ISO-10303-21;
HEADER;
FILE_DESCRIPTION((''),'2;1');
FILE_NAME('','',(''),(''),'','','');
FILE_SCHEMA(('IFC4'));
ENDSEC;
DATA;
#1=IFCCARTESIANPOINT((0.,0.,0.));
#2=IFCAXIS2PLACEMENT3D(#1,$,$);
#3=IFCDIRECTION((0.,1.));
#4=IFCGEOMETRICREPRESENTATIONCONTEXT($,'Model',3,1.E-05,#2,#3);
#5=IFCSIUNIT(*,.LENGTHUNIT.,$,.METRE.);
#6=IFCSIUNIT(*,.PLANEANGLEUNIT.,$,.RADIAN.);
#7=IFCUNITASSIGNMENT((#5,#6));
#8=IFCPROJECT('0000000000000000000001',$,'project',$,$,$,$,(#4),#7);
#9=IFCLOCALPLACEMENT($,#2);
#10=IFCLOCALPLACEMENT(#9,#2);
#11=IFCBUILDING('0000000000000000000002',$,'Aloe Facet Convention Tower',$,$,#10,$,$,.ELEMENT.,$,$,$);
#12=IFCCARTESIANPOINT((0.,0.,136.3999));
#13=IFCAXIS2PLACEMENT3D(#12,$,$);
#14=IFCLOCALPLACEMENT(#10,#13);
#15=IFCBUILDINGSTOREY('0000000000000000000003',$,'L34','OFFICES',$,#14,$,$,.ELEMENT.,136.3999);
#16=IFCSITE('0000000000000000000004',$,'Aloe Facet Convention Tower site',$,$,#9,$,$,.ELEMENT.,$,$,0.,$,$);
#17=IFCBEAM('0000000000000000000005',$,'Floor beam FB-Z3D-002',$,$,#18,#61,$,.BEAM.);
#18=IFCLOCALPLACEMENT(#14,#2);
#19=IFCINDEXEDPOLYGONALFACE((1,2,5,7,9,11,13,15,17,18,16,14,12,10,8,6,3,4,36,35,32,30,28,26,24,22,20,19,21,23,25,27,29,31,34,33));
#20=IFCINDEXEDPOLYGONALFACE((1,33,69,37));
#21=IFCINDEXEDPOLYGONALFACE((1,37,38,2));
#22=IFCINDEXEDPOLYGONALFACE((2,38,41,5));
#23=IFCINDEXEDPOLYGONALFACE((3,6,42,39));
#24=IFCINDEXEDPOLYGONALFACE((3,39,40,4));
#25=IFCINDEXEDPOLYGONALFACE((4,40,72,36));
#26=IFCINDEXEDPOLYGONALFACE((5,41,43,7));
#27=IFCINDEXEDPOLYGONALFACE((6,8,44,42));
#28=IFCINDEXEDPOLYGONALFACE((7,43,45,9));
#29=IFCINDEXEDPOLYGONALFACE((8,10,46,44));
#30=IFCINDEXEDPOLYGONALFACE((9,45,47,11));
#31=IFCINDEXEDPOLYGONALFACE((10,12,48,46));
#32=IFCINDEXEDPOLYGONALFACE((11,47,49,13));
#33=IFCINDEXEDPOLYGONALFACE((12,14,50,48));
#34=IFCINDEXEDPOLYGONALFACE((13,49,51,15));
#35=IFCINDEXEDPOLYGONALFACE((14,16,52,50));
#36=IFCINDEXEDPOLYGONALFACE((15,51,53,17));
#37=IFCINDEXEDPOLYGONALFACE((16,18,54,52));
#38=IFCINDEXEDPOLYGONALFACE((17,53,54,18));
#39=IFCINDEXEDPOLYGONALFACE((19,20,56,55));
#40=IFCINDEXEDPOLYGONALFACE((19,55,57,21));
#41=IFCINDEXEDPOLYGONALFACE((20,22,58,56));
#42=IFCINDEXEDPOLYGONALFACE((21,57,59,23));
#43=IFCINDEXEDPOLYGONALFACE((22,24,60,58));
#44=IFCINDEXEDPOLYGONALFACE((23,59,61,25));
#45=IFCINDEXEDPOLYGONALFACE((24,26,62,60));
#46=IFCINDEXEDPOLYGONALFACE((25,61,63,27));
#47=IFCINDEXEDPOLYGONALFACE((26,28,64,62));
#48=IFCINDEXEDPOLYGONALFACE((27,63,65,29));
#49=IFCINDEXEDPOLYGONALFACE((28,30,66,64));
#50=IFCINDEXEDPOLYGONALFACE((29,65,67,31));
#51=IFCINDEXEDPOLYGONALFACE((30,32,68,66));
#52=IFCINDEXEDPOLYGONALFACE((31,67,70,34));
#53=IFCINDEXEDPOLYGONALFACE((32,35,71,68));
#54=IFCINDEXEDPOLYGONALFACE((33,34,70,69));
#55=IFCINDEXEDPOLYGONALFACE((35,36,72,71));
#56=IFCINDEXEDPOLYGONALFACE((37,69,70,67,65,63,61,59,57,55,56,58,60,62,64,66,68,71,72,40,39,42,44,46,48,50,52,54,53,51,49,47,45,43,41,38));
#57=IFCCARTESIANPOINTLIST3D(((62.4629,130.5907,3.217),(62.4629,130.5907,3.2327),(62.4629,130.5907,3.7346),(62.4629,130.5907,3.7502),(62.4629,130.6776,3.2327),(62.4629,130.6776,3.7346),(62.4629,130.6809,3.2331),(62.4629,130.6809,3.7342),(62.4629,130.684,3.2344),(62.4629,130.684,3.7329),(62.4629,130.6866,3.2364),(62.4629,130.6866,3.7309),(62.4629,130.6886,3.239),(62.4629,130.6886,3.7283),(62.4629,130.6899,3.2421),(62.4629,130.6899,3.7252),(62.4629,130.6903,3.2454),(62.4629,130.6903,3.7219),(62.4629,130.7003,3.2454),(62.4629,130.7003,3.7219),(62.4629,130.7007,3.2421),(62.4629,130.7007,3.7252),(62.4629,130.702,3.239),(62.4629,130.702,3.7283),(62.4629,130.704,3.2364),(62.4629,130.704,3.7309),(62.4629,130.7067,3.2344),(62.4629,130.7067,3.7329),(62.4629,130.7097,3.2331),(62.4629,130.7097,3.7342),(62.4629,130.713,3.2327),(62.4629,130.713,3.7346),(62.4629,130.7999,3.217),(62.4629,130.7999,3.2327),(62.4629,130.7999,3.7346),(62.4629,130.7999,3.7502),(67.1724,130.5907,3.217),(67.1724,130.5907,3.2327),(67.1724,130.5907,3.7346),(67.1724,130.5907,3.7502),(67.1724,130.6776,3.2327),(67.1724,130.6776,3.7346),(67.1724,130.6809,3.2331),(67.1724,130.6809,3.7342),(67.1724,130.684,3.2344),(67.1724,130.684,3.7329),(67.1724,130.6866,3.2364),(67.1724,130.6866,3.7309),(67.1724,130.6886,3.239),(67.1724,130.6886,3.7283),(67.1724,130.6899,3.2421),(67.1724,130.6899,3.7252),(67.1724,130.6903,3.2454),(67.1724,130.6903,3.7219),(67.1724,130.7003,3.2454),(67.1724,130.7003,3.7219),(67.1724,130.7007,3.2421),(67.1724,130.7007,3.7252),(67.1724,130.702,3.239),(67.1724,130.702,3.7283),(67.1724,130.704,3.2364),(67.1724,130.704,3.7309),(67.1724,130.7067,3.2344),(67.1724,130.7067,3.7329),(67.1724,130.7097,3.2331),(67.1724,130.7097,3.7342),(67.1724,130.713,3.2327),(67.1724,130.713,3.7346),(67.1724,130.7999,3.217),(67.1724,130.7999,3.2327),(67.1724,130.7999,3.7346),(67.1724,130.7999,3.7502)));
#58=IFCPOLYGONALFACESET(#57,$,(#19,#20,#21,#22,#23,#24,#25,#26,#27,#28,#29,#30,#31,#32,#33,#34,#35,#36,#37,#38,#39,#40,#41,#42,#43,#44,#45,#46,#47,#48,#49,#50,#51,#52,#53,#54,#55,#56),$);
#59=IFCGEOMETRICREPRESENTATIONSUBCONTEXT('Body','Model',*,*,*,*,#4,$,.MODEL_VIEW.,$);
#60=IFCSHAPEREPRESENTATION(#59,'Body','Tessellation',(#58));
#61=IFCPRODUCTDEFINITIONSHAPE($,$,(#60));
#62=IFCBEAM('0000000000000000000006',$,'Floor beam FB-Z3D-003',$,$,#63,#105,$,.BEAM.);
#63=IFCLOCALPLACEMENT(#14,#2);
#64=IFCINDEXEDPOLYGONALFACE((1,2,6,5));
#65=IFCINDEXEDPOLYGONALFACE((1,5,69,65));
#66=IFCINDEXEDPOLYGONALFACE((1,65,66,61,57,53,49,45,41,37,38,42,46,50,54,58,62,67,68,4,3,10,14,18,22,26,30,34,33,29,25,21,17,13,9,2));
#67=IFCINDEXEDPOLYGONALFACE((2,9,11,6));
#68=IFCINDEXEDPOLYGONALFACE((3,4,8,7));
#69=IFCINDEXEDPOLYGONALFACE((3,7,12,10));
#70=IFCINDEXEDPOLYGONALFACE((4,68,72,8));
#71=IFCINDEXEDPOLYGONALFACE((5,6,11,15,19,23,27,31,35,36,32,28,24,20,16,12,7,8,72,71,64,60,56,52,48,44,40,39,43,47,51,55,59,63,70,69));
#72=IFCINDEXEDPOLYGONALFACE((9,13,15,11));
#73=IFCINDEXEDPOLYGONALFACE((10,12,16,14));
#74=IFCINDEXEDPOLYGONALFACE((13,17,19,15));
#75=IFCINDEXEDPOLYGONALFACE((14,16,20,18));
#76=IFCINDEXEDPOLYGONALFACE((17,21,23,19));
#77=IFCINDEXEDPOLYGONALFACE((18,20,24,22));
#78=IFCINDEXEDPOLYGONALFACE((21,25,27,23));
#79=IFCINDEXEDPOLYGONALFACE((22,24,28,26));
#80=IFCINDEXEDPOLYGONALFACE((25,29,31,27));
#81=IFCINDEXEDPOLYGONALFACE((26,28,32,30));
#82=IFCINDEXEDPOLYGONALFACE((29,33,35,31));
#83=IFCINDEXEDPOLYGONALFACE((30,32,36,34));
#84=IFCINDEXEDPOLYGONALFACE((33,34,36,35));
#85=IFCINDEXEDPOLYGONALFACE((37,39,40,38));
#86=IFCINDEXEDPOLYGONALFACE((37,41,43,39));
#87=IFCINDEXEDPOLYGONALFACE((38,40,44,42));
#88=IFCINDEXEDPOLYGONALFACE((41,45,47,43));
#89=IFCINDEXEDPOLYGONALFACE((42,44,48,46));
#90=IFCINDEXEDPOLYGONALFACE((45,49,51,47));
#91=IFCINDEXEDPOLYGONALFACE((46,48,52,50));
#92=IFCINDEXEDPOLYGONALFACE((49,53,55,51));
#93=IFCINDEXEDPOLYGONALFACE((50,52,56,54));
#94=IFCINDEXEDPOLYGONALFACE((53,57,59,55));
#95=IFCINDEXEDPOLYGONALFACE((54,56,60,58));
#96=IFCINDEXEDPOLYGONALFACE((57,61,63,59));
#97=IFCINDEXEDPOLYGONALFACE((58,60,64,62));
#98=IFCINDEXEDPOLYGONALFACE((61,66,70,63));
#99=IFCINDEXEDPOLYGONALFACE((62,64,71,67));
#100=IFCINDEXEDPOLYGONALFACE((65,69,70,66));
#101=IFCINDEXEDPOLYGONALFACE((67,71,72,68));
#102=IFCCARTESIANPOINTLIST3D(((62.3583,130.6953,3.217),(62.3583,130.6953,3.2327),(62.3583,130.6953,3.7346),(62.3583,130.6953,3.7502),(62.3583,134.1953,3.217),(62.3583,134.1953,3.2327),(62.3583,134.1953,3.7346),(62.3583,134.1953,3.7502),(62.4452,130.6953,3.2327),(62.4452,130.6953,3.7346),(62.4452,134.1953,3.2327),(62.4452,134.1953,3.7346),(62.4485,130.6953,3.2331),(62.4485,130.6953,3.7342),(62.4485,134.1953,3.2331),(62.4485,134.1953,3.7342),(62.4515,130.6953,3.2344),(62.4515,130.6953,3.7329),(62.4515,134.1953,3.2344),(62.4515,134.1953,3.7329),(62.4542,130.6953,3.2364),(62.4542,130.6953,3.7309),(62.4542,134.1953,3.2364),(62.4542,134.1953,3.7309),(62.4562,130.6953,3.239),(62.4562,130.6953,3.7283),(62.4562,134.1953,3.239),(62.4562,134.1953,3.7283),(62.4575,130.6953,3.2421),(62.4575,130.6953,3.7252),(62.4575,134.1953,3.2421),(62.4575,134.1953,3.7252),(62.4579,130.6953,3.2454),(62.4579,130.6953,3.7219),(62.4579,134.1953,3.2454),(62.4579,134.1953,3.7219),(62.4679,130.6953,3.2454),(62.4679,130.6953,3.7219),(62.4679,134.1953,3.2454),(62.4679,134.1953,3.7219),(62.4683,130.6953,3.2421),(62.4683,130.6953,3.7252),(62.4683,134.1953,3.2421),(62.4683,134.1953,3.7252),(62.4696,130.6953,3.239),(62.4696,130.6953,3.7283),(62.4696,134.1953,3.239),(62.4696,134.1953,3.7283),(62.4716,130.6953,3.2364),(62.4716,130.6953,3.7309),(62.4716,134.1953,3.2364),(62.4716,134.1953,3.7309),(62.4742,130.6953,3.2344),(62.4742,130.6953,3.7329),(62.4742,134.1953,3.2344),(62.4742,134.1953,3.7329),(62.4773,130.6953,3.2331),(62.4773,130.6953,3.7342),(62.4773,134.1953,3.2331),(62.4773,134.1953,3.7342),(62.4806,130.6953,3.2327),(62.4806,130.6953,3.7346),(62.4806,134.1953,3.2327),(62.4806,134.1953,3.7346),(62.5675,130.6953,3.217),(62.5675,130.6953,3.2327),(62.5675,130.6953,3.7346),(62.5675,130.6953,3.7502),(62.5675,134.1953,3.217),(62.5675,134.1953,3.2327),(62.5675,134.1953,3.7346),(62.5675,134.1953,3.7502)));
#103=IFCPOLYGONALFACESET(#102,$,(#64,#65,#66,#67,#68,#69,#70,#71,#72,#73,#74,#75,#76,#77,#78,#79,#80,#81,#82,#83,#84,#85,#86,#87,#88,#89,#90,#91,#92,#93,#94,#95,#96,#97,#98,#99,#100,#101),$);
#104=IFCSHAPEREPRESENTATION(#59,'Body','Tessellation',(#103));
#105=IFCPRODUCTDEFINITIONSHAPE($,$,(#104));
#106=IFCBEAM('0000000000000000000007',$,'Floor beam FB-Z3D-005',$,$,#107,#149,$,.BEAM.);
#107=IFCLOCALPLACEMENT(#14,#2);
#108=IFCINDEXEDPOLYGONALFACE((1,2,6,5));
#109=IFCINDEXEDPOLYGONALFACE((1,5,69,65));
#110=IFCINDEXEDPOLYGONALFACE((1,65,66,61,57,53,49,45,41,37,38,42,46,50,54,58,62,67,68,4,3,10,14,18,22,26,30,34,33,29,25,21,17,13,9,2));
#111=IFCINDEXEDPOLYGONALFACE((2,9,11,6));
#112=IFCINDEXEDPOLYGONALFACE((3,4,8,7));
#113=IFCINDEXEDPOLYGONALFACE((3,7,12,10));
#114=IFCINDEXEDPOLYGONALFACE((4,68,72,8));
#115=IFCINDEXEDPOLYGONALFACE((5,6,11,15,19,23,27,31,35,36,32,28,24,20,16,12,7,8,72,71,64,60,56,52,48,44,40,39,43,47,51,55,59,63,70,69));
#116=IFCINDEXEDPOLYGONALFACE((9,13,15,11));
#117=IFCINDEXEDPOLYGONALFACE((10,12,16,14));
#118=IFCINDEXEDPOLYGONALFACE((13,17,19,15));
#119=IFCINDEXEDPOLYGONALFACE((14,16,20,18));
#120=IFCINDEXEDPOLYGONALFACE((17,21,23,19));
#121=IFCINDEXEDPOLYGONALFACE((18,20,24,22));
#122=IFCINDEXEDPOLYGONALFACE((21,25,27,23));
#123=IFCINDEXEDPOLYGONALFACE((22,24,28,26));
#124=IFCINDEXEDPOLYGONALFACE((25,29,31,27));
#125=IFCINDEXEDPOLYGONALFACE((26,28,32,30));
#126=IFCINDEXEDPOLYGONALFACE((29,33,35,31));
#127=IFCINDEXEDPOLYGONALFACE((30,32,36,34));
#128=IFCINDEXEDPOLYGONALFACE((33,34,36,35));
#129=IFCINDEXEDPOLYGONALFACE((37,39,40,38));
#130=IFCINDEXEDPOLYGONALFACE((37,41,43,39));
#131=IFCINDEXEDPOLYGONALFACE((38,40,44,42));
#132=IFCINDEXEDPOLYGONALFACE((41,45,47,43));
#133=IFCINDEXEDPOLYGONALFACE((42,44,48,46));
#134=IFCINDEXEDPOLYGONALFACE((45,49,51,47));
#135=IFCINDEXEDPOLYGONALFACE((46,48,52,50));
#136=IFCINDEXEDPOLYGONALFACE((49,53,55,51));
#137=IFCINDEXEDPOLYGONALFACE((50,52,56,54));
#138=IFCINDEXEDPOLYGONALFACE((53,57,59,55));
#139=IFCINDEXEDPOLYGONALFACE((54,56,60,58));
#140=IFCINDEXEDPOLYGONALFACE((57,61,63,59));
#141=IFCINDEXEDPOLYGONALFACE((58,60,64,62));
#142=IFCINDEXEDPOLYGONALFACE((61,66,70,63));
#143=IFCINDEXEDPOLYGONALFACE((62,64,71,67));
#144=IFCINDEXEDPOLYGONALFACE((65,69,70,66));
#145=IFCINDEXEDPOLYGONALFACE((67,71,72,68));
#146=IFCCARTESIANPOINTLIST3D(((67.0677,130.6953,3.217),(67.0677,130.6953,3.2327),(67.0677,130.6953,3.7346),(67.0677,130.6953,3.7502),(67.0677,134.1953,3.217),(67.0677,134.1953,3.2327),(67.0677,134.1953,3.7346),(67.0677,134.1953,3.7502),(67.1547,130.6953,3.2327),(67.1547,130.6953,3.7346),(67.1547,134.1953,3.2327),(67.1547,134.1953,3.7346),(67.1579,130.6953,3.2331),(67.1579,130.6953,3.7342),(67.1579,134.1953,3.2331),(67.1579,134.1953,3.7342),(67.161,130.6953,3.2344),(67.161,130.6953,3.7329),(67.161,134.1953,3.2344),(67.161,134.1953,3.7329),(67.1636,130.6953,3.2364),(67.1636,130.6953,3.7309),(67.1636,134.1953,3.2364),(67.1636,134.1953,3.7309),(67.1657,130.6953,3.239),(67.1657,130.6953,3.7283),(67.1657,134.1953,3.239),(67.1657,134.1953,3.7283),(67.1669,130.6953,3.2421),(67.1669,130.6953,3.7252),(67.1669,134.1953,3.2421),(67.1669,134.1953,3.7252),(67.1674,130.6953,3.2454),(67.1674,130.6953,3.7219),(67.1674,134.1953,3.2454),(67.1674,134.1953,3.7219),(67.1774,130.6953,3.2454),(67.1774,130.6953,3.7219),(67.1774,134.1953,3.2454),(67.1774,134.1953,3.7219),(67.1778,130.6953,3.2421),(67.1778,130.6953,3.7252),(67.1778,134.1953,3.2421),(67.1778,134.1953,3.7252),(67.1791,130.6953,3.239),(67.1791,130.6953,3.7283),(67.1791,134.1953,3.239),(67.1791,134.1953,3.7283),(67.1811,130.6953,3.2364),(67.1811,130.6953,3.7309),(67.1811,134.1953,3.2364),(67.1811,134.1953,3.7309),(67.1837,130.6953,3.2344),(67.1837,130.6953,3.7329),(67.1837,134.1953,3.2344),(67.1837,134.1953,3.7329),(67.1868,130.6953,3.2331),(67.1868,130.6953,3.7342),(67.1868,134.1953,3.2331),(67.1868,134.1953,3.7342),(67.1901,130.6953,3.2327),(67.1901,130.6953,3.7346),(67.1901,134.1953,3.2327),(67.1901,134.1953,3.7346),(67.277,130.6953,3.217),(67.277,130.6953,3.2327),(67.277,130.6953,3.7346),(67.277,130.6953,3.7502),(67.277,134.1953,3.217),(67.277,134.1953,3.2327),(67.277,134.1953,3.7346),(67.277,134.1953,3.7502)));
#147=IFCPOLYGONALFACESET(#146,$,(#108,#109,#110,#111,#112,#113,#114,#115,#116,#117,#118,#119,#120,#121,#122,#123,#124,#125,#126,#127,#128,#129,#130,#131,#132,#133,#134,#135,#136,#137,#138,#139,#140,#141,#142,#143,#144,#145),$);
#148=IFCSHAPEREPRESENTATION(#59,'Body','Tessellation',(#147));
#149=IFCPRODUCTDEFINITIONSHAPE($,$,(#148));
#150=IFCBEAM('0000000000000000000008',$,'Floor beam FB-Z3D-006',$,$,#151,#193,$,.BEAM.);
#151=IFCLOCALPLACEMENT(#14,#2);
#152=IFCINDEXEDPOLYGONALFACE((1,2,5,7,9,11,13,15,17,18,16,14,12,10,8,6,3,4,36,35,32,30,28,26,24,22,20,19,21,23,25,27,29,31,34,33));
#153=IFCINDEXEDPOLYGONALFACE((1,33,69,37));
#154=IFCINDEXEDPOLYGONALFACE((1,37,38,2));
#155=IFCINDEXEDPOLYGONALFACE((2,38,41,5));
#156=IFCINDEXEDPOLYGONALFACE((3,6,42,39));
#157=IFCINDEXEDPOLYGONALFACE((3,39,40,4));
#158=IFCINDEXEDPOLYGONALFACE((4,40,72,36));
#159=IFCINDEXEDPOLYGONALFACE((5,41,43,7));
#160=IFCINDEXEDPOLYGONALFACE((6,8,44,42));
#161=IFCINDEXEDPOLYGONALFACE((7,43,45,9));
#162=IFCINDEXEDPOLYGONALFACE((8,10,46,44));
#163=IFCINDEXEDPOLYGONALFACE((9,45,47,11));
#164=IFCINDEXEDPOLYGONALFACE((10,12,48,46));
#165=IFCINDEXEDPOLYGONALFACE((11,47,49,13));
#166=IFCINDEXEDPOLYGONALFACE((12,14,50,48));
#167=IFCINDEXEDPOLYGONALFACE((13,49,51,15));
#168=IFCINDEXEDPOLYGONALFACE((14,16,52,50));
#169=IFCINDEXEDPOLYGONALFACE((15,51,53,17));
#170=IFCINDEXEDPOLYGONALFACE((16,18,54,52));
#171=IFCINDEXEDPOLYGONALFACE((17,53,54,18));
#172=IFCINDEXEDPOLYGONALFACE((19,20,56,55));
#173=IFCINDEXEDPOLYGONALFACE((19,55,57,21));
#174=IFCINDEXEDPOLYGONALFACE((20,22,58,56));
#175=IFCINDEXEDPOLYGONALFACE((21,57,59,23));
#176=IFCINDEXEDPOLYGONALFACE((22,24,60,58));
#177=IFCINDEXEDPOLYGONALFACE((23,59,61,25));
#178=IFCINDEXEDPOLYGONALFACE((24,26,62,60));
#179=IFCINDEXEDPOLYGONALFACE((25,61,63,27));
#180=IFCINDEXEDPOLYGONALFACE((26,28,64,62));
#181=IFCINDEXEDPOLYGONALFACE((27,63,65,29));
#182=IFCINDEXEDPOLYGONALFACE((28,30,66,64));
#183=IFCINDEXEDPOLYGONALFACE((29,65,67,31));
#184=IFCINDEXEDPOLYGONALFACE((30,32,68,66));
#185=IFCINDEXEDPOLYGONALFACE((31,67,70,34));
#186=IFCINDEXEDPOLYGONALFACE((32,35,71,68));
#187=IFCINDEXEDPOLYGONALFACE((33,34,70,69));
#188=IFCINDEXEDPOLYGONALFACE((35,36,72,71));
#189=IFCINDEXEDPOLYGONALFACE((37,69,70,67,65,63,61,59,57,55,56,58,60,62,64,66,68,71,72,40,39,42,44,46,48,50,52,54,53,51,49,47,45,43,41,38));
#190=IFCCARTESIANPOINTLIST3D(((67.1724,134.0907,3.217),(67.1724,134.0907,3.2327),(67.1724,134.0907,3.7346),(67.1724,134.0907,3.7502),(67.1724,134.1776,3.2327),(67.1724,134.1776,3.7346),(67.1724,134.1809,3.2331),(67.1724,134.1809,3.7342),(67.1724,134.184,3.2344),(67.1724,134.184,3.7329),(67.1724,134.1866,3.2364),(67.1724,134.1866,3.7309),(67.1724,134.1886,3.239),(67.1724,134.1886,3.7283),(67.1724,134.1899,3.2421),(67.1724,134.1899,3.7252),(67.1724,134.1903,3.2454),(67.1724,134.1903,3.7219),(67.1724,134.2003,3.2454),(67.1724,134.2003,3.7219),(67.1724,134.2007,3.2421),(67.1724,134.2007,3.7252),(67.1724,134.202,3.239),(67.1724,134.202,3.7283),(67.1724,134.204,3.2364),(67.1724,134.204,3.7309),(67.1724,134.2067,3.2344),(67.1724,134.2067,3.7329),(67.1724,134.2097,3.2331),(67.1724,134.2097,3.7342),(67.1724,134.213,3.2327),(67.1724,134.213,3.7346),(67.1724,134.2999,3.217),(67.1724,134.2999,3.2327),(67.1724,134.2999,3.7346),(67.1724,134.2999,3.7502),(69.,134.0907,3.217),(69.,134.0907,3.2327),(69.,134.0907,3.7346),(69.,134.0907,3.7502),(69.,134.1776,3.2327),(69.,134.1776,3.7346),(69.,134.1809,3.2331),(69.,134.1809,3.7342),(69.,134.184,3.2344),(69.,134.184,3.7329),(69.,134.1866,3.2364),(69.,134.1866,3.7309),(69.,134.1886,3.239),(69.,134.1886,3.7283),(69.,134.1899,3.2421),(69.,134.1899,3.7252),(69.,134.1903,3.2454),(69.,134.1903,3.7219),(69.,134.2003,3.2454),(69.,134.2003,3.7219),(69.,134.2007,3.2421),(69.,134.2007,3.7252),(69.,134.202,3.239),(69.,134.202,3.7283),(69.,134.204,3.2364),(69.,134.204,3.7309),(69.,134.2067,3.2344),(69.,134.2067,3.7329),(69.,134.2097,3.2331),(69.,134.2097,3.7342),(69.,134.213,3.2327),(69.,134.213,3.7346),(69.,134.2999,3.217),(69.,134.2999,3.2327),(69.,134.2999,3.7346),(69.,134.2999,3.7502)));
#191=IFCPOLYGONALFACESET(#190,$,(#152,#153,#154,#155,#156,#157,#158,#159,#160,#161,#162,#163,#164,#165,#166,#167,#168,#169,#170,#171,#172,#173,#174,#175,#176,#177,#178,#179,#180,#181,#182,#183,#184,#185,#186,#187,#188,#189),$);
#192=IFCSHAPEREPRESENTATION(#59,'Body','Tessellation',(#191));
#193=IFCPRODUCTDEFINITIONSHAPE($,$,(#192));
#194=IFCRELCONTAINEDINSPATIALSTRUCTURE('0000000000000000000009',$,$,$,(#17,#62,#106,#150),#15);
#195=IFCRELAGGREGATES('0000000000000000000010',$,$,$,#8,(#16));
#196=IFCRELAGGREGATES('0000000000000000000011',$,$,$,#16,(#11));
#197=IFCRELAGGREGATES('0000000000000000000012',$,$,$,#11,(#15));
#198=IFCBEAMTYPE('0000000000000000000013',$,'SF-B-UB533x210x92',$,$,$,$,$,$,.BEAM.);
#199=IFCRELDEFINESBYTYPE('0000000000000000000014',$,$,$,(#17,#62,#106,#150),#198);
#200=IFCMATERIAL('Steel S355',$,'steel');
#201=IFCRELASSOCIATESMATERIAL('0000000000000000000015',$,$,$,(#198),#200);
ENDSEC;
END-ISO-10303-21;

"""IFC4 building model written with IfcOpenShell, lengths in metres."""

from ifc_helpers import new_model, si_unit, direction, frame, origin, origin_2d, place, context, subcontext, project, spatial, i_section, extrude, material, material_profile, profile_set, type_object, element, save


model = new_model("IFC4")

# Units and contexts
model_context = context("Model", 3, precision=1e-05, world=origin(), true_north=direction((0.0, 1.0)))
body_context = subcontext(model_context, "Body", "Model", "MODEL_VIEW")
ifc_project = project(units=[si_unit("LENGTHUNIT", "METRE"), si_unit("PLANEANGLEUNIT", "RADIAN")], contexts=[model_context])

# Site, building, storey
site_placement = place(None, origin())
site = spatial("IfcSite", under=ifc_project, at=site_placement, Name="Aloe Facet Convention Tower site", CompositionType="ELEMENT", RefElevation=0.0)
building_placement = place(site_placement, origin())
building = spatial("IfcBuilding", under=site, at=building_placement, Name="Aloe Facet Convention Tower", CompositionType="ELEMENT")
storey_placement = place(building_placement, frame((0.0, 0.0, 136.3999)))
storey = spatial("IfcBuildingStorey", under=building, at=storey_placement, Name="L34", Description="OFFICES", CompositionType="ELEMENT", Elevation=136.3999)

# Beams
ifc_material_1 = material(Name="Steel S355", Category="steel")
ifc_material_profile_1 = material_profile(ifc_material_1, i_section(OverallWidth=0.2092, OverallDepth=0.5332, WebThickness=0.01, FlangeThickness=0.0156, FilletRadius=0.0127, at=origin_2d()), Name="UB 533x210x92")
ifc_profile_set_1 = profile_set([ifc_material_profile_1], Name="Steel S355")
beam_type_1 = type_object("IfcBeamType", Name="SF-B-UB533x210x92", PredefinedType="BEAM", material=ifc_profile_set_1)
beam_1_placement = place(storey_placement, frame((62.4629, 130.6953, 3.4836), z_axis=(1.0, 0.0, 0.0), x_axis=(0.0, 1.0, 0.0)))
element("IfcBeam", 1, at=beam_1_placement, inside=storey, type_object=beam_type_1, Name="Floor beam FB-Z3D-002", PredefinedType="BEAM", context=body_context, shape_type="SweptSolid", body=[
    extrude(i_section(OverallWidth=0.2092, OverallDepth=0.5332, WebThickness=0.01, FlangeThickness=0.0156, FilletRadius=0.0127, at=origin_2d()), origin(), (0.0, 0.0, 1.0), 4.7095),
])
for number, where, z_axis, x_axis, name in (
    (2, (62.4629, 134.1953, 3.4836), (0.0, -1.0, 0.0), (1.0, 0.0, 0.0), "Floor beam FB-Z3D-003"),
    (3, (67.1724, 130.6953, 3.4836), (0.0, 1.0, 0.0), (-1.0, 0.0, 0.0), "Floor beam FB-Z3D-005"),
):
    element("IfcBeam", number, at=place(storey_placement, frame(where, z_axis=z_axis, x_axis=x_axis)), inside=storey, type_object=beam_type_1, Name=name, PredefinedType="BEAM", context=body_context, shape_type="SweptSolid", body=[
        extrude(i_section(OverallWidth=0.2092, OverallDepth=0.5332, WebThickness=0.01, FlangeThickness=0.0156, FilletRadius=0.0127, at=origin_2d()), origin(), (0.0, 0.0, 1.0), 3.5),
    ])
beam_2_placement = place(storey_placement, frame((67.1724, 134.1953, 3.4836), z_axis=(1.0, 0.0, 0.0), x_axis=(0.0, 1.0, 0.0)))
element("IfcBeam", 4, at=beam_2_placement, inside=storey, type_object=beam_type_1, Name="Floor beam FB-Z3D-006", PredefinedType="BEAM", context=body_context, shape_type="SweptSolid", body=[
    extrude(i_section(OverallWidth=0.2092, OverallDepth=0.5332, WebThickness=0.01, FlangeThickness=0.0156, FilletRadius=0.0127, at=origin_2d()), origin(), (0.0, 0.0, 1.0), 1.8276),
])

save(model, "model.ifc")
